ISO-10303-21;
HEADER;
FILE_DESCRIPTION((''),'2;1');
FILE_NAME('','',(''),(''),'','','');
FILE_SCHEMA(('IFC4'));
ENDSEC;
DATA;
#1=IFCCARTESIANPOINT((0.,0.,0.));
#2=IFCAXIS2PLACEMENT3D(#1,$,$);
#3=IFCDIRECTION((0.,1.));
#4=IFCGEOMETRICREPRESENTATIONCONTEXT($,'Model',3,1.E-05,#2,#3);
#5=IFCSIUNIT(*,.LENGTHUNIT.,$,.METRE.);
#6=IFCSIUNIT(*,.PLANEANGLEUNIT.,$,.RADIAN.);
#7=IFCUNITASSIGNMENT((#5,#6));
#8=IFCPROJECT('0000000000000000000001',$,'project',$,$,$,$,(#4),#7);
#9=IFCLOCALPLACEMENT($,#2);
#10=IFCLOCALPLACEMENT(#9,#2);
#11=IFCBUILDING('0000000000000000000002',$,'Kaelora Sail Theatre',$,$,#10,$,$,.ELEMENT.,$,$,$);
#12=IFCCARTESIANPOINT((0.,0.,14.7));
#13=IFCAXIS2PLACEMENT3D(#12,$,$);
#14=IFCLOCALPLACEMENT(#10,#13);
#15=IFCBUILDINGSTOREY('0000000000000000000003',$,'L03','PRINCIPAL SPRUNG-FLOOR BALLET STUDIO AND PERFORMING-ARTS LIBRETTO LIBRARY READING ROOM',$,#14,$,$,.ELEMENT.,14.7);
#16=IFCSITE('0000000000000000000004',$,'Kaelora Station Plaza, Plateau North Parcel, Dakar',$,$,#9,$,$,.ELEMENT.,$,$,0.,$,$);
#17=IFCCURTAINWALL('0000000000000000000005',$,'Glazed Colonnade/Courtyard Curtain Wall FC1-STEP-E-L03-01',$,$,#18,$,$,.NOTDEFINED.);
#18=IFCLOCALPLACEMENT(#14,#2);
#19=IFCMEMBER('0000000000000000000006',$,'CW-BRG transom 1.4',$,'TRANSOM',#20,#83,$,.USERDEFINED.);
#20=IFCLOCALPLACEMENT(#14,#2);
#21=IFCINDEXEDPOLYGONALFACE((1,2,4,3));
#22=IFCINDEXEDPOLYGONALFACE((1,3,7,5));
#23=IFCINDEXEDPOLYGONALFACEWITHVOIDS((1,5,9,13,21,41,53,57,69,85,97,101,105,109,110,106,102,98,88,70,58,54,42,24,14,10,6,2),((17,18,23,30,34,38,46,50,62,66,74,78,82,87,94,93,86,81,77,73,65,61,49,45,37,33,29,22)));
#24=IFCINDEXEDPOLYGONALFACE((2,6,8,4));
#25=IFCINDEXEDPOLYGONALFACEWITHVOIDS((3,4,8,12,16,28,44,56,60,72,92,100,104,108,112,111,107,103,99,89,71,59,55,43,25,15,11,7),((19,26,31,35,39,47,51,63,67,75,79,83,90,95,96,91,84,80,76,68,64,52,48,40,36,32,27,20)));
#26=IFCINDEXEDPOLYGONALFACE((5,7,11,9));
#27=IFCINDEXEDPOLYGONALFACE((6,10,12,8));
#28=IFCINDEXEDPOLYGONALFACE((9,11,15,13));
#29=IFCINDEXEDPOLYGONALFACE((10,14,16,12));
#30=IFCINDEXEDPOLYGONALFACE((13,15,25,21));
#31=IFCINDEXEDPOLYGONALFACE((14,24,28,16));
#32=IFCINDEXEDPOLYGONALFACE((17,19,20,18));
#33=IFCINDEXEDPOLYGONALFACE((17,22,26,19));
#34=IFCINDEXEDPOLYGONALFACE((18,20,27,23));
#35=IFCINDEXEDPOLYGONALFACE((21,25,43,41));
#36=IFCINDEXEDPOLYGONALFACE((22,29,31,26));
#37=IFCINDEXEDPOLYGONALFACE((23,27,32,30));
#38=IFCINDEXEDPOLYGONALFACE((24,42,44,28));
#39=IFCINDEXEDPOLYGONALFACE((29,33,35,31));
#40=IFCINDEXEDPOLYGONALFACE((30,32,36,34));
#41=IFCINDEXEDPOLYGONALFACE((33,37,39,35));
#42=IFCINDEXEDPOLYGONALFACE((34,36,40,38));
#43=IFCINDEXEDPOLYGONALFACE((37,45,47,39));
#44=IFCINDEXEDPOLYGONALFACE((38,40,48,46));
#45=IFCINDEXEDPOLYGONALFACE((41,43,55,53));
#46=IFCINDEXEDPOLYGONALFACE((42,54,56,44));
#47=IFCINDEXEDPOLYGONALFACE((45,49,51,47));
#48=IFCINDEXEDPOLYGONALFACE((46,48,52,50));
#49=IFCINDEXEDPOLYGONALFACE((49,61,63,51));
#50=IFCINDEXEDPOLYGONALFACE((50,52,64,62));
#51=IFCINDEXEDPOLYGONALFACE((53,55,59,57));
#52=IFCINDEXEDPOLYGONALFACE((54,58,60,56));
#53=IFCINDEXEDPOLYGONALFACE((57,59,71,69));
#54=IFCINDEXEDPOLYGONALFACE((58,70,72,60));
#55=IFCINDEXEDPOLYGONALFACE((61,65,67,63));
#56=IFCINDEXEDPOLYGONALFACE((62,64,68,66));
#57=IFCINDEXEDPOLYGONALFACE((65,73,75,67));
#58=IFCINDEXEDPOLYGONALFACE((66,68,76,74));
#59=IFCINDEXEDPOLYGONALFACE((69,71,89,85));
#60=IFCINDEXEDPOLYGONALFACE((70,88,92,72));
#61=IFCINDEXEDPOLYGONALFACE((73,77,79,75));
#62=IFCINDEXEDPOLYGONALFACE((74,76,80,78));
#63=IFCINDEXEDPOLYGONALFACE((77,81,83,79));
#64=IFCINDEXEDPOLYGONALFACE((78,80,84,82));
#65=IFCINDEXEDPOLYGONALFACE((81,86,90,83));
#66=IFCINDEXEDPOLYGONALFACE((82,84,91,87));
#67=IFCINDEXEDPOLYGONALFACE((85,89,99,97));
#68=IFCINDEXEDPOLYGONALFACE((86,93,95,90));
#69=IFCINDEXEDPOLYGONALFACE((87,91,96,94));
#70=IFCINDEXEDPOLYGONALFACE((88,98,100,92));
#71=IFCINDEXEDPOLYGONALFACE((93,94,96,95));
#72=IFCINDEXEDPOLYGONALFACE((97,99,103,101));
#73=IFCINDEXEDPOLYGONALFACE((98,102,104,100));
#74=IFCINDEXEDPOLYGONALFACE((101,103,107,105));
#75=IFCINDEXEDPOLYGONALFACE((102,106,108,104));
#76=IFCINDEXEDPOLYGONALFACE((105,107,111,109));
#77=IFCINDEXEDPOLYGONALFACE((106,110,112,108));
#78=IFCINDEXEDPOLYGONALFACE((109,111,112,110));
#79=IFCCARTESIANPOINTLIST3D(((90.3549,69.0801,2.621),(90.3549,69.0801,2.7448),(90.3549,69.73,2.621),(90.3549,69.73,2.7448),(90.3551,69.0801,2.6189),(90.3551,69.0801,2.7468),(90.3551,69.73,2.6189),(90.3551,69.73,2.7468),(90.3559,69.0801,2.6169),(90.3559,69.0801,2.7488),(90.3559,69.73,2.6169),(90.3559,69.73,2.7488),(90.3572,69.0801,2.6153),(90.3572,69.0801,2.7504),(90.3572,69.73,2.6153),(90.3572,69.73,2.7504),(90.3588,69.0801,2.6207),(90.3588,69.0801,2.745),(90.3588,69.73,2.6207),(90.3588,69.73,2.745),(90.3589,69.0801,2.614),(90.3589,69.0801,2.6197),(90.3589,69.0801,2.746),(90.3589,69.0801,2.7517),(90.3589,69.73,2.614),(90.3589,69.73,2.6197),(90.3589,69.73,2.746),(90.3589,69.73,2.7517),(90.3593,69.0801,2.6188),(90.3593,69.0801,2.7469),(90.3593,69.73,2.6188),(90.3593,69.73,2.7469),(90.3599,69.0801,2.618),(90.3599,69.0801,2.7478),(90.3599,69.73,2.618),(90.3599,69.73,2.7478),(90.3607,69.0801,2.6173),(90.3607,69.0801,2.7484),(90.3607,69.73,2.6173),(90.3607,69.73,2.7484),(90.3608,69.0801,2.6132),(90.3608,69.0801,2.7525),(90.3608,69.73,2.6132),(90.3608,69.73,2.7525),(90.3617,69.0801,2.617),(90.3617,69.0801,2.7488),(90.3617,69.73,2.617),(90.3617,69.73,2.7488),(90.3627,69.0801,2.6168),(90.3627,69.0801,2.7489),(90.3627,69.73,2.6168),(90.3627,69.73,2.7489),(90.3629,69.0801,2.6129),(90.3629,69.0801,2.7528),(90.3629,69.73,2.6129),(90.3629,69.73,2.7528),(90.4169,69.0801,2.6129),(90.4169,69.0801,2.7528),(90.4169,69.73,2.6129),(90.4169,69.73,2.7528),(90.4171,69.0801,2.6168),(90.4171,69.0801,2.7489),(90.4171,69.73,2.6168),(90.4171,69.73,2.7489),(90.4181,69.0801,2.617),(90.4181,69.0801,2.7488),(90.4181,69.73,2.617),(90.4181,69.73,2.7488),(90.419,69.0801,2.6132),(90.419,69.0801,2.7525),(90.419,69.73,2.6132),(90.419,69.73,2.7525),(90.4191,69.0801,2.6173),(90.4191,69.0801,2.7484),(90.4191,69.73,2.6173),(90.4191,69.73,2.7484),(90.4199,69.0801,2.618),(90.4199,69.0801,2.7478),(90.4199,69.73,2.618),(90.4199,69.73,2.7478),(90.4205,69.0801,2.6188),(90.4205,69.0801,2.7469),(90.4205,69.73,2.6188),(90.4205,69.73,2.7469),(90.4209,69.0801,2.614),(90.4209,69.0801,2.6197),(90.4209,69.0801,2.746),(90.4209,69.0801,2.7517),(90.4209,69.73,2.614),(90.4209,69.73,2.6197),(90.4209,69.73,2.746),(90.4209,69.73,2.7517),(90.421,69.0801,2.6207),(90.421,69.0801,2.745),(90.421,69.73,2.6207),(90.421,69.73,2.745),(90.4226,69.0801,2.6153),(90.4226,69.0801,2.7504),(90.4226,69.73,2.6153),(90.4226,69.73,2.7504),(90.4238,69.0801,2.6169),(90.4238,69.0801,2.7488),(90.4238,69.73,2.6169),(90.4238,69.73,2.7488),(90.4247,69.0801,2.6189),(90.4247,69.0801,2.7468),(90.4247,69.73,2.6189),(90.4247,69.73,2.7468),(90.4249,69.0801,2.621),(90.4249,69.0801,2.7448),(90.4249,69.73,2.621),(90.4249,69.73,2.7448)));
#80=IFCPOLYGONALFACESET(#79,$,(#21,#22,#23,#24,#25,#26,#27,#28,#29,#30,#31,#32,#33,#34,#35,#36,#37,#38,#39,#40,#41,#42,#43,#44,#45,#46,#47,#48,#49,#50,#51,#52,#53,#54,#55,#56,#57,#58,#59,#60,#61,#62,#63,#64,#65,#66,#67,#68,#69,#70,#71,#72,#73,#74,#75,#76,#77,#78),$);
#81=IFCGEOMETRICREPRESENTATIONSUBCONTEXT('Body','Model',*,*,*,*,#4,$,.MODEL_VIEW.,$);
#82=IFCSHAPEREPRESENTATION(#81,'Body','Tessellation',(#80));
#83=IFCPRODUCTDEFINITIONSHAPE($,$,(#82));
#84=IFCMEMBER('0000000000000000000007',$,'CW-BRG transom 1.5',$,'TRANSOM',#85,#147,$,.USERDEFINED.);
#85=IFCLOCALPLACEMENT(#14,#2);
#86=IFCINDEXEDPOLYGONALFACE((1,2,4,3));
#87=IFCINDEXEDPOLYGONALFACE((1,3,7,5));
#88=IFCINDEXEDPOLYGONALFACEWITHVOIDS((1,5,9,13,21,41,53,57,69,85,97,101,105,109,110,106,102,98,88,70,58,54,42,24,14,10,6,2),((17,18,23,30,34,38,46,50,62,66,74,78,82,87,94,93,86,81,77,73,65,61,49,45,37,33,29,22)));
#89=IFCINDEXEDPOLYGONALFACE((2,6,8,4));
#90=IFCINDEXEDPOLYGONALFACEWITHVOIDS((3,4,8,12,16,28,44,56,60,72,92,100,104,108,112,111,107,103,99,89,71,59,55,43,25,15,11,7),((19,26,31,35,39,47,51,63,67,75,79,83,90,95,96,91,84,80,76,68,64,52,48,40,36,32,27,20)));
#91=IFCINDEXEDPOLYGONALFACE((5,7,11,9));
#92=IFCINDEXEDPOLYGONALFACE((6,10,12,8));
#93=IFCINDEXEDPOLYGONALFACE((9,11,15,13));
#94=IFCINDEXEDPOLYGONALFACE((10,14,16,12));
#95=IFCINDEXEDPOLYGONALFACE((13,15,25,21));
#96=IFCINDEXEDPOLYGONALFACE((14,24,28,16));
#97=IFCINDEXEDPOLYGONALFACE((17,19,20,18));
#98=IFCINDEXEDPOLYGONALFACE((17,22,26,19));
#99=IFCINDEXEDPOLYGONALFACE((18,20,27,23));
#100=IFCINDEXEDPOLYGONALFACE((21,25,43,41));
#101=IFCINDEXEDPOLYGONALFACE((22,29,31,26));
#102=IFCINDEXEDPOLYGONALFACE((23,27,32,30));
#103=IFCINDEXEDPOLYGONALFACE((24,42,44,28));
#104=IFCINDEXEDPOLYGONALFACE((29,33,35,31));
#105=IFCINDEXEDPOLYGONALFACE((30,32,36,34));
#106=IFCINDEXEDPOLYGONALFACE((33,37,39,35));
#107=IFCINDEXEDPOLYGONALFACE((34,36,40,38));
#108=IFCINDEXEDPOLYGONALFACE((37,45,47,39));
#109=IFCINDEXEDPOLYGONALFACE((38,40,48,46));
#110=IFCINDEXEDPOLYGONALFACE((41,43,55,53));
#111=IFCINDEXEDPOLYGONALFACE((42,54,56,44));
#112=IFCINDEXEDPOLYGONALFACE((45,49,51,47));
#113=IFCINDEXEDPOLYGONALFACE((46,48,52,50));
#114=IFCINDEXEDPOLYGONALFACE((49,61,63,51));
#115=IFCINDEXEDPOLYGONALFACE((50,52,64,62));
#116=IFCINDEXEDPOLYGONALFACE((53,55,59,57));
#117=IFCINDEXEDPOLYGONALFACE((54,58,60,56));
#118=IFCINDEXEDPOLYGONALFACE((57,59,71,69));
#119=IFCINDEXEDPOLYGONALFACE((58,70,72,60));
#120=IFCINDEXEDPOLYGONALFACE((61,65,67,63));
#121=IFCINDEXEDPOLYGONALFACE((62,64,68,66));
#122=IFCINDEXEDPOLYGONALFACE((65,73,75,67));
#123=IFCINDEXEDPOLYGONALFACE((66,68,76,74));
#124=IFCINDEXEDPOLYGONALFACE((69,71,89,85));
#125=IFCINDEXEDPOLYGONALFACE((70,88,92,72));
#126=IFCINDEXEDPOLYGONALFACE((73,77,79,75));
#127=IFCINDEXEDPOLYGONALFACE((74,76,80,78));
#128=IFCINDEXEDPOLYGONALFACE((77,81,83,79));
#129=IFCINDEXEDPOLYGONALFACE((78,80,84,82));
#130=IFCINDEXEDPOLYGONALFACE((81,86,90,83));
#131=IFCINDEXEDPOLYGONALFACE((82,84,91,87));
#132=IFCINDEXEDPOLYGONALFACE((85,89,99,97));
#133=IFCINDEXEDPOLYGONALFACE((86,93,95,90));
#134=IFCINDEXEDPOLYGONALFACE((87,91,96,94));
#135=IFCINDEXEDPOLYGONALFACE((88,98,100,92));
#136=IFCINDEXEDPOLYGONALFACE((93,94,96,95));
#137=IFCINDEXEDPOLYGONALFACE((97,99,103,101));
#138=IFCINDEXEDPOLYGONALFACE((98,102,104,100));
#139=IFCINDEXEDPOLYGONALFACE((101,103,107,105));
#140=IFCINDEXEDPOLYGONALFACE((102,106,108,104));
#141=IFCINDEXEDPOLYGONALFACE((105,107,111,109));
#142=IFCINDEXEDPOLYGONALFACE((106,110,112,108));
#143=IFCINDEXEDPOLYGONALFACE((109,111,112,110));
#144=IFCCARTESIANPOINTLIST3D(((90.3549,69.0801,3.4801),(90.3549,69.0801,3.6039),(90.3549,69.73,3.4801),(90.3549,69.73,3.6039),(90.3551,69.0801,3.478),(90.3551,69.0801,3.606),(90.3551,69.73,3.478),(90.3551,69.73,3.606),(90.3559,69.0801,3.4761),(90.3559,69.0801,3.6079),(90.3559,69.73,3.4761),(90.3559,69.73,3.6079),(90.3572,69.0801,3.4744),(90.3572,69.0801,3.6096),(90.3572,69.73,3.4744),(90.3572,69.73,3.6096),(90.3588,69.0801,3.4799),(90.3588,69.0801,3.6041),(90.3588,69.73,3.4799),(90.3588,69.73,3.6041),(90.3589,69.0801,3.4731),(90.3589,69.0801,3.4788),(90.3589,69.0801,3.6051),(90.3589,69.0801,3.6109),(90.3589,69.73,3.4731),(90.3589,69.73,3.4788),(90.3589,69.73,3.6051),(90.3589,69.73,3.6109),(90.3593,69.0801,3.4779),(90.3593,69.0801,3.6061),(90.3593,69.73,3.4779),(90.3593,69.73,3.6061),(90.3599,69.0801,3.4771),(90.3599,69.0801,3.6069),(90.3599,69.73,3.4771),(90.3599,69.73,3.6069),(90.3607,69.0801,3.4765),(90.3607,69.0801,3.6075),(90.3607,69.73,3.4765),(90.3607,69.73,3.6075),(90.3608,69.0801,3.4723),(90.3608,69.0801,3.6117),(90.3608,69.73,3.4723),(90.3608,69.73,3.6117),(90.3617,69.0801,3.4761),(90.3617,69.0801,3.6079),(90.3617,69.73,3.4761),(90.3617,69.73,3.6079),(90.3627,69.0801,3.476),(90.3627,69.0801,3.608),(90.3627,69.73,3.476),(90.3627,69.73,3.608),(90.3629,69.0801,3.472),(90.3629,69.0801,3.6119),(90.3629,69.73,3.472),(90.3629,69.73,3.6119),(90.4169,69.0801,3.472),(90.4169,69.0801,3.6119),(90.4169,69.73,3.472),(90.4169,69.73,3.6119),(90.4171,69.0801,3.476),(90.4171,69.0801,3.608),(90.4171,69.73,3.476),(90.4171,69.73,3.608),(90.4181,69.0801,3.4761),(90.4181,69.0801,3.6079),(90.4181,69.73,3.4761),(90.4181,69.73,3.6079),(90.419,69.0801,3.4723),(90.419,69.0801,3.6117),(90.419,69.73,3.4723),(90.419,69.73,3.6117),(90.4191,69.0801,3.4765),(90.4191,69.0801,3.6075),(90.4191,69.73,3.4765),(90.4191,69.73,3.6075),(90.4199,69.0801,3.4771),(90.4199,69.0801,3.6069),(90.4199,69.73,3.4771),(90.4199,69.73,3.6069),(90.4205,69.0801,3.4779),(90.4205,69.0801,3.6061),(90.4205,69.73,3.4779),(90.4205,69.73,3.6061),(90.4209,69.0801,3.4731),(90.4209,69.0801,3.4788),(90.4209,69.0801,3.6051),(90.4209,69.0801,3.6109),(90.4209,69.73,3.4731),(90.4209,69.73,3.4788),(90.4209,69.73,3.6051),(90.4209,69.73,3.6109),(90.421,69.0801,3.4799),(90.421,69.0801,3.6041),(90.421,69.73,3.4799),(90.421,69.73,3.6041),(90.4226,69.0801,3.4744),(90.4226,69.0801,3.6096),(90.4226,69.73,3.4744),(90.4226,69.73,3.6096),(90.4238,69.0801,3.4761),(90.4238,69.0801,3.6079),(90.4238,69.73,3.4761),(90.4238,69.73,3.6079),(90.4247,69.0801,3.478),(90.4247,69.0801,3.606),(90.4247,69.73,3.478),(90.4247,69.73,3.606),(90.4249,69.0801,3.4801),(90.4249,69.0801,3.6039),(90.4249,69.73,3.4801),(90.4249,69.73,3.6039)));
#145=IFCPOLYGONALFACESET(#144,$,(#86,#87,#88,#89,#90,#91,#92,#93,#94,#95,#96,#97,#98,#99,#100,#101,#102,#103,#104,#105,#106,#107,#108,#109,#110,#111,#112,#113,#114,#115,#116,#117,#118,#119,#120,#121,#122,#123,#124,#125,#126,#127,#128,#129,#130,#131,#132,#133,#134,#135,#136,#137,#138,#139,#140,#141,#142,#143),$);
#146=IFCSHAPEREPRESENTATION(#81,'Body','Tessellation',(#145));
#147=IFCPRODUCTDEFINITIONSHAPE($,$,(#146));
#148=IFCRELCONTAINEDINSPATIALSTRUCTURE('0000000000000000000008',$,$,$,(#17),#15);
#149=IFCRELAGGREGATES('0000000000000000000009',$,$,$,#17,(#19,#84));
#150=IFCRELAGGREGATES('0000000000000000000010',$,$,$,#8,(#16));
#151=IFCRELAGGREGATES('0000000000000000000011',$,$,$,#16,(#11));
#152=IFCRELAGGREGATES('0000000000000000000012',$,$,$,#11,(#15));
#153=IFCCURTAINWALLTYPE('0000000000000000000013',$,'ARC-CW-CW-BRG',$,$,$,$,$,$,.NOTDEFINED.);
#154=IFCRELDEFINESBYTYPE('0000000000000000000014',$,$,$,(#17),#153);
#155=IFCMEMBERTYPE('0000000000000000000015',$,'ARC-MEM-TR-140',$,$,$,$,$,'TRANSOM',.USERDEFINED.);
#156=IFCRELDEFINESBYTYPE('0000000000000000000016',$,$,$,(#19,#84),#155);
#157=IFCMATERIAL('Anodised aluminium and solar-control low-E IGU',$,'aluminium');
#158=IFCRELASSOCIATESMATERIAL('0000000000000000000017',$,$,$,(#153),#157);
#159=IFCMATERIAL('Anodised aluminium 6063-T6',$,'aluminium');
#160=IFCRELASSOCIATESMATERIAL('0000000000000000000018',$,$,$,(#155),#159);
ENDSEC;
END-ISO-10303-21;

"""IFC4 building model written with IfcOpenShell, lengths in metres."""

from ifc_helpers import new_model, si_unit, direction, frame, origin, origin_2d, place, context, subcontext, project, spatial, hollow_rectangle, extrude, material, material_profile, profile_set, type_object, element, aggregate, save


model = new_model("IFC4")

# Units and contexts
model_context = context("Model", 3, precision=1e-05, world=origin(), true_north=direction((0.0, 1.0)))
body_context = subcontext(model_context, "Body", "Model", "MODEL_VIEW")
ifc_project = project(units=[si_unit("LENGTHUNIT", "METRE"), si_unit("PLANEANGLEUNIT", "RADIAN")], contexts=[model_context])

# Site, building, storey
site_placement = place(None, origin())
site = spatial("IfcSite", under=ifc_project, at=site_placement, Name="Kaelora Station Plaza, Plateau North Parcel, Dakar", CompositionType="ELEMENT", RefElevation=0.0)
building_placement = place(site_placement, origin())
building = spatial("IfcBuilding", under=site, at=building_placement, Name="Kaelora Sail Theatre", CompositionType="ELEMENT")
storey_placement = place(building_placement, frame((0.0, 0.0, 14.7)))
storey = spatial("IfcBuildingStorey", under=building, at=storey_placement, Name="L03", Description="PRINCIPAL SPRUNG-FLOOR BALLET STUDIO AND PERFORMING-ARTS LIBRETTO LIBRARY READING ROOM", CompositionType="ELEMENT", Elevation=14.7)

# Shared definitions
ifc_material_1 = material(Name="Anodised aluminium and solar-control low-E IGU", Category="aluminium")
curtain_wall_type = type_object("IfcCurtainWallType", Name="ARC-CW-CW-BRG", PredefinedType="NOTDEFINED", material=ifc_material_1)

# Curtain wall
curtain_wall_1_placement = place(storey_placement, origin())
curtain_wall_1 = element("IfcCurtainWall", 1, at=curtain_wall_1_placement, inside=storey, type_object=curtain_wall_type, Name="Glazed Colonnade/Courtyard Curtain Wall FC1-STEP-E-L03-01", PredefinedType="NOTDEFINED")

# Members
ifc_material_2 = material(Name="Anodised aluminium 6063-T6", Category="aluminium")
ifc_material_profile_1 = material_profile(ifc_material_2, hollow_rectangle(XDim=0.0701, YDim=0.1399, WallThickness=0.0039, InnerFilletRadius=0.0039, OuterFilletRadius=0.0081, at=origin_2d()), Name="ALU-TRAN 70x140x4")
ifc_profile_set_1 = profile_set([ifc_material_profile_1], Name="Anodised aluminium 6063-T6")
member_type_1 = type_object("IfcMemberType", Name="ARC-MEM-TR-140", ElementType="TRANSOM", PredefinedType="USERDEFINED", material=ifc_profile_set_1)
member_1_placement = place(storey_placement, frame((90.3899, 69.0801, 2.6829), z_axis=(0.0, 1.0, 0.0), x_axis=(-1.0, 0.0, 0.0)))
member_1 = element("IfcMember", 2, at=member_1_placement, type_object=member_type_1, Name="CW-BRG transom 1.4", ObjectType="TRANSOM", PredefinedType="USERDEFINED", context=body_context, shape_type="SweptSolid", body=[
    extrude(hollow_rectangle(XDim=0.0701, YDim=0.1399, WallThickness=0.0039, InnerFilletRadius=0.0039, OuterFilletRadius=0.0081, at=origin_2d()), origin(), (0.0, 0.0, 1.0), 0.6499),
])
member_2_placement = place(storey_placement, frame((90.3899, 69.0801, 3.542), z_axis=(0.0, 1.0, 0.0), x_axis=(-1.0, 0.0, 0.0)))
member_2 = element("IfcMember", 3, at=member_2_placement, type_object=member_type_1, Name="CW-BRG transom 1.5", ObjectType="TRANSOM", PredefinedType="USERDEFINED", context=body_context, shape_type="SweptSolid", body=[
    extrude(hollow_rectangle(XDim=0.0701, YDim=0.1399, WallThickness=0.0039, InnerFilletRadius=0.0039, OuterFilletRadius=0.0081, at=origin_2d()), origin(), (0.0, 0.0, 1.0), 0.6499),
])

aggregate(curtain_wall_1, [member_1, member_2])

save(model, "model.ifc")
